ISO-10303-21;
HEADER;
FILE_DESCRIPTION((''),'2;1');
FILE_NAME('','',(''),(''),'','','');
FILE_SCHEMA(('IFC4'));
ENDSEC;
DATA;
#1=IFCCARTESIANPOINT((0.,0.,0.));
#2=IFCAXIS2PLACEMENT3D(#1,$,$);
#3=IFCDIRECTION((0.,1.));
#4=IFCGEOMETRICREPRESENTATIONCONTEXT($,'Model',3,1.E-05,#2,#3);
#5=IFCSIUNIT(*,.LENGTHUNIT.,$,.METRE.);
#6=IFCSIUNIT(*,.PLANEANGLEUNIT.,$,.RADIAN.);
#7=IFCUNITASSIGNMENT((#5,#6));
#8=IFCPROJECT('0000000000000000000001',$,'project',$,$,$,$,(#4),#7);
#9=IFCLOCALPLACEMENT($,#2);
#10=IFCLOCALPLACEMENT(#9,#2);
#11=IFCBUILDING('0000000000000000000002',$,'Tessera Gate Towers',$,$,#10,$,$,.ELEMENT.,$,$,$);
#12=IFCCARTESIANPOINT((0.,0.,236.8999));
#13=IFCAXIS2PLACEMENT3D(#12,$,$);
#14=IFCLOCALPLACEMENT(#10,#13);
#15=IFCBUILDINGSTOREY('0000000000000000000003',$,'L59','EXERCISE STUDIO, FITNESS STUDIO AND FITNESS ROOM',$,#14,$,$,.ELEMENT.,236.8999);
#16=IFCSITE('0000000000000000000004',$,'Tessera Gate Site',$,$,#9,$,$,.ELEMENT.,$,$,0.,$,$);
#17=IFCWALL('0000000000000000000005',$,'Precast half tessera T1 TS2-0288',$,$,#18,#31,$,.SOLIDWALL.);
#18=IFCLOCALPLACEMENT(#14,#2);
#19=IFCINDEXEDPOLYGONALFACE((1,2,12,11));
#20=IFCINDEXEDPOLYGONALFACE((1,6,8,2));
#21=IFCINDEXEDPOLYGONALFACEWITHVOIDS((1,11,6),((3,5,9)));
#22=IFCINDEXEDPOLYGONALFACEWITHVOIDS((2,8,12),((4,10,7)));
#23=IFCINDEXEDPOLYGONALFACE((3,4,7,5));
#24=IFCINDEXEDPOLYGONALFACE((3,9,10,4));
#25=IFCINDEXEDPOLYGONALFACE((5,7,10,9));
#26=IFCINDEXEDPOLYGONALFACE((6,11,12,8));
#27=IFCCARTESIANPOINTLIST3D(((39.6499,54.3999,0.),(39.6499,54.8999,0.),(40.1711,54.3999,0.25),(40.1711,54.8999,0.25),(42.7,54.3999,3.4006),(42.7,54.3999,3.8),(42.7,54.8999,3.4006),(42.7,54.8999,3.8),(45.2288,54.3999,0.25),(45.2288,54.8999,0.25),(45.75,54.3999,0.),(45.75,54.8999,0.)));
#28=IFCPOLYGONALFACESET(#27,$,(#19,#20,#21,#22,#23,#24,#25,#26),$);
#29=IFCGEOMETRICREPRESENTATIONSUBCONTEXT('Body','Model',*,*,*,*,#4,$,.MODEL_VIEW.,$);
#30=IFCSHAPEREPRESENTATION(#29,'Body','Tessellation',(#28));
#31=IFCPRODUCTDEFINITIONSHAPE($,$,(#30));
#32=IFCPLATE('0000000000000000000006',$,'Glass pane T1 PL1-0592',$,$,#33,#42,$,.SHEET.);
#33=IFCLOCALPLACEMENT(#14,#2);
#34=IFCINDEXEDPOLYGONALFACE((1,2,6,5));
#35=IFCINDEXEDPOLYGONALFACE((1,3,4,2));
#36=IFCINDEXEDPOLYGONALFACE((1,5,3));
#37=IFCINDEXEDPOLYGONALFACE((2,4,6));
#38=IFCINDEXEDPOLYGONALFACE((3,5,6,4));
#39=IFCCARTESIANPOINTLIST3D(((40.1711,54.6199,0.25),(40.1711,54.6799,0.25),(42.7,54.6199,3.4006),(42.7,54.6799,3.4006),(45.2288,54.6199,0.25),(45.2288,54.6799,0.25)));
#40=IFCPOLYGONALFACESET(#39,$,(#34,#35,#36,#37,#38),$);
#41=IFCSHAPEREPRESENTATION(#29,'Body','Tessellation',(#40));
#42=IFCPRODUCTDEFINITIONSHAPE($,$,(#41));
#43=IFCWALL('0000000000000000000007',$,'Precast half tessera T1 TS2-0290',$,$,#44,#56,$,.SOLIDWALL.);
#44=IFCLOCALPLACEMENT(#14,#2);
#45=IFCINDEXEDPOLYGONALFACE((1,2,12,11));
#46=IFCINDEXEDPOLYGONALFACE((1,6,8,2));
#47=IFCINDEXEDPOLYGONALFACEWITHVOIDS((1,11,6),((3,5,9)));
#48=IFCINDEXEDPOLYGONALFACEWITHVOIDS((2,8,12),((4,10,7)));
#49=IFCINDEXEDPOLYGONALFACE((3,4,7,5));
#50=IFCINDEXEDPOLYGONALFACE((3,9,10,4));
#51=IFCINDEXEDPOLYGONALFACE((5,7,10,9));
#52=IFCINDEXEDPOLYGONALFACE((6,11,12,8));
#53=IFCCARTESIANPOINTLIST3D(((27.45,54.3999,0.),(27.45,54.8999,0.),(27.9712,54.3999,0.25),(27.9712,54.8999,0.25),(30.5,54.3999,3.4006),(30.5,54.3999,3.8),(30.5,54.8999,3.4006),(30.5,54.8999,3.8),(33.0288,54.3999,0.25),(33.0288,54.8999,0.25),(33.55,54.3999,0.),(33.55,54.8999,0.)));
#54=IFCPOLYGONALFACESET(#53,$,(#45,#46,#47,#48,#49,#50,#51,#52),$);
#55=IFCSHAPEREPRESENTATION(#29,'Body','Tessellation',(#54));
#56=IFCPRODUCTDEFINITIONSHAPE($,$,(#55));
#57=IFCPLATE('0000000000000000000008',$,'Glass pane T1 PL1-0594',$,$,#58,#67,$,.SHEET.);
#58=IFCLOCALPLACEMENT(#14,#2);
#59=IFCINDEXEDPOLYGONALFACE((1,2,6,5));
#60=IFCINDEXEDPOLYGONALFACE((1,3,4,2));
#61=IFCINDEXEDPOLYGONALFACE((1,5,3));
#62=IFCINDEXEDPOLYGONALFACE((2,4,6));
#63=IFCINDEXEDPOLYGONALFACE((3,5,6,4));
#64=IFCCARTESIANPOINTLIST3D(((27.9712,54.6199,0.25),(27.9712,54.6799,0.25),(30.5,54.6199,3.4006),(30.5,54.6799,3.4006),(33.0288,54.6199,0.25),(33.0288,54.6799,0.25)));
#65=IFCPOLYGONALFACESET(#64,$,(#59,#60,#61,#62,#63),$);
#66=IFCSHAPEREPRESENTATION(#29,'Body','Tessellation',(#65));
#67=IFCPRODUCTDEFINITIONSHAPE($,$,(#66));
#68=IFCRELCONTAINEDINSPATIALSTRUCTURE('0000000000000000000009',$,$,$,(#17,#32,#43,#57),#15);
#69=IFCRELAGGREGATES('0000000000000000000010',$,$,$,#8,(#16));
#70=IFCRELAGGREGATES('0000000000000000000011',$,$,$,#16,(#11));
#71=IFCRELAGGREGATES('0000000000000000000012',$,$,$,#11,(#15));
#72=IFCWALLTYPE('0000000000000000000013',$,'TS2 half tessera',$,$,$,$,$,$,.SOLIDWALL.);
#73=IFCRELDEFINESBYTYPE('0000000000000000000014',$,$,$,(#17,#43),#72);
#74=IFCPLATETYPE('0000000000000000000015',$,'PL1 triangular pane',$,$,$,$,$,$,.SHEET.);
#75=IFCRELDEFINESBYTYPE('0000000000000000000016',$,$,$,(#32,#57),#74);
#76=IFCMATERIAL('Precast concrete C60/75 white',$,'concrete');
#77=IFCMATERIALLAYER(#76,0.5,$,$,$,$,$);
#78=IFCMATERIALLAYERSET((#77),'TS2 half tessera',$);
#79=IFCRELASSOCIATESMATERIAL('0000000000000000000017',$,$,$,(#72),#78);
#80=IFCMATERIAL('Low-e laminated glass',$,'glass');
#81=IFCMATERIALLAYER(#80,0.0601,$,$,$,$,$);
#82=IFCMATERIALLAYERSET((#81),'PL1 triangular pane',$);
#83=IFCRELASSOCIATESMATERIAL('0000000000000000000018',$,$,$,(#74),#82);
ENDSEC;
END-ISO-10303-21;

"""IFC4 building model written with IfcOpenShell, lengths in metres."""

from ifc_helpers import new_model, si_unit, direction, frame, origin, place, context, subcontext, project, spatial, polyline, outline, extrude, source, transform, mapped, material, layer, layer_set, type_object, element, fill, save


model = new_model("IFC4")

# Units and contexts
model_context = context("Model", 3, precision=1e-05, world=origin(), true_north=direction((0.0, 1.0)))
body_context = subcontext(model_context, "Body", "Model", "MODEL_VIEW")
ifc_project = project(units=[si_unit("LENGTHUNIT", "METRE"), si_unit("PLANEANGLEUNIT", "RADIAN")], contexts=[model_context])

# Site, building, storey
site_placement = place(None, origin())
site = spatial("IfcSite", under=ifc_project, at=site_placement, Name="Tessera Gate Site", CompositionType="ELEMENT", RefElevation=0.0)
building_placement = place(site_placement, origin())
building = spatial("IfcBuilding", under=site, at=building_placement, Name="Tessera Gate Towers", CompositionType="ELEMENT")
storey_placement = place(building_placement, frame((0.0, 0.0, 236.8999)))
storey = spatial("IfcBuildingStorey", under=building, at=storey_placement, Name="L59", Description="EXERCISE STUDIO, FITNESS STUDIO AND FITNESS ROOM", CompositionType="ELEMENT", Elevation=236.8999)

# Walls, openings, plates
ifc_material_1 = material(Name="Precast concrete C60/75 white", Category="concrete")
ifc_layer_1 = layer(ifc_material_1, 0.5)
ifc_layer_set_1 = layer_set([ifc_layer_1], Name="TS2 half tessera")
wall_type_1 = type_object("IfcWallType", Name="TS2 half tessera", PredefinedType="SOLIDWALL", material=ifc_layer_set_1)
shared_shape_1 = source(origin(), body_context, "Body", "SweptSolid", [
    extrude(outline(polyline([(6.1001, 0.0), (3.05, 3.8), (0.0, 0.0), (6.1001, 0.0)])), frame((0.0, 0.25, 0.0), z_axis=(0.0, -1.0, 0.0), x_axis=(1.0, 0.0, 0.0)), (0.0, 0.0, 1.0), 0.5),
])
wall_1_placement = place(storey_placement, frame((45.75, 54.6499, 0.0), z_axis=(0.0, 0.0, 1.0), x_axis=(-1.0, 0.0, 0.0)))
wall_1 = element("IfcWall", 1, at=wall_1_placement, inside=storey, type_object=wall_type_1, Name="Precast half tessera T1 TS2-0288", PredefinedType="SOLIDWALL", context=body_context, shape_type="MappedRepresentation", body=[
    mapped(shared_shape_1, transform((0.0, 0.0, 0.0), scale=1.0)),
])
shared_shape_2 = source(origin(), body_context, "Body", "SweptSolid", [
    extrude(outline(polyline([(5.5789, 0.25), (3.05, 3.4006), (0.5212, 0.25), (5.5789, 0.25)])), frame((0.0, 0.26, 0.0), z_axis=(0.0, -1.0, 0.0), x_axis=(1.0, 0.0, 0.0)), (0.0, 0.0, 1.0), 0.52),
])
opening_1_placement = place(wall_1_placement, origin())
opening_1 = element("IfcOpeningElement", 2, at=opening_1_placement, cuts=wall_1, PredefinedType="OPENING", context=body_context, shape_type="MappedRepresentation", body=[
    mapped(shared_shape_2, transform((0.0, 0.0, 0.0), scale=1.0)),
])
ifc_material_2 = material(Name="Low-e laminated glass", Category="glass")
ifc_layer_2 = layer(ifc_material_2, 0.0601)
ifc_layer_set_2 = layer_set([ifc_layer_2], Name="PL1 triangular pane")
plate_type = type_object("IfcPlateType", Name="PL1 triangular pane", PredefinedType="SHEET", material=ifc_layer_set_2)
shared_shape_3 = source(origin(), body_context, "Body", "SweptSolid", [
    extrude(outline(polyline([(5.5789, 0.25), (3.05, 3.4006), (0.5212, 0.25), (5.5789, 0.25)])), frame((0.0, 0.03, 0.0), z_axis=(0.0, -1.0, 0.0), x_axis=(1.0, 0.0, 0.0)), (0.0, 0.0, 1.0), 0.0601),
])
plate_1_placement = place(opening_1_placement, origin())
plate_1 = element("IfcPlate", 3, at=plate_1_placement, inside=storey, type_object=plate_type, Name="Glass pane T1 PL1-0592", PredefinedType="SHEET", context=body_context, shape_type="MappedRepresentation", body=[
    mapped(shared_shape_3, transform((0.0, 0.0, 0.0), scale=1.0)),
])
fill(opening_1, plate_1)
wall_2_placement = place(storey_placement, frame((33.55, 54.6499, 0.0), z_axis=(0.0, 0.0, 1.0), x_axis=(-1.0, 0.0, 0.0)))
wall_2 = element("IfcWall", 4, at=wall_2_placement, inside=storey, type_object=wall_type_1, Name="Precast half tessera T1 TS2-0290", PredefinedType="SOLIDWALL", context=body_context, shape_type="MappedRepresentation", body=[
    mapped(shared_shape_1, transform((0.0, 0.0, 0.0), scale=1.0)),
])
opening_2_placement = place(wall_2_placement, origin())
opening_2 = element("IfcOpeningElement", 5, at=opening_2_placement, cuts=wall_2, PredefinedType="OPENING", context=body_context, shape_type="MappedRepresentation", body=[
    mapped(shared_shape_2, transform((0.0, 0.0, 0.0), scale=1.0)),
])
plate_2_placement = place(opening_2_placement, origin())
plate_2 = element("IfcPlate", 6, at=plate_2_placement, inside=storey, type_object=plate_type, Name="Glass pane T1 PL1-0594", PredefinedType="SHEET", context=body_context, shape_type="MappedRepresentation", body=[
    mapped(shared_shape_3, transform((0.0, 0.0, 0.0), scale=1.0)),
])
fill(opening_2, plate_2)

save(model, "model.ifc")
